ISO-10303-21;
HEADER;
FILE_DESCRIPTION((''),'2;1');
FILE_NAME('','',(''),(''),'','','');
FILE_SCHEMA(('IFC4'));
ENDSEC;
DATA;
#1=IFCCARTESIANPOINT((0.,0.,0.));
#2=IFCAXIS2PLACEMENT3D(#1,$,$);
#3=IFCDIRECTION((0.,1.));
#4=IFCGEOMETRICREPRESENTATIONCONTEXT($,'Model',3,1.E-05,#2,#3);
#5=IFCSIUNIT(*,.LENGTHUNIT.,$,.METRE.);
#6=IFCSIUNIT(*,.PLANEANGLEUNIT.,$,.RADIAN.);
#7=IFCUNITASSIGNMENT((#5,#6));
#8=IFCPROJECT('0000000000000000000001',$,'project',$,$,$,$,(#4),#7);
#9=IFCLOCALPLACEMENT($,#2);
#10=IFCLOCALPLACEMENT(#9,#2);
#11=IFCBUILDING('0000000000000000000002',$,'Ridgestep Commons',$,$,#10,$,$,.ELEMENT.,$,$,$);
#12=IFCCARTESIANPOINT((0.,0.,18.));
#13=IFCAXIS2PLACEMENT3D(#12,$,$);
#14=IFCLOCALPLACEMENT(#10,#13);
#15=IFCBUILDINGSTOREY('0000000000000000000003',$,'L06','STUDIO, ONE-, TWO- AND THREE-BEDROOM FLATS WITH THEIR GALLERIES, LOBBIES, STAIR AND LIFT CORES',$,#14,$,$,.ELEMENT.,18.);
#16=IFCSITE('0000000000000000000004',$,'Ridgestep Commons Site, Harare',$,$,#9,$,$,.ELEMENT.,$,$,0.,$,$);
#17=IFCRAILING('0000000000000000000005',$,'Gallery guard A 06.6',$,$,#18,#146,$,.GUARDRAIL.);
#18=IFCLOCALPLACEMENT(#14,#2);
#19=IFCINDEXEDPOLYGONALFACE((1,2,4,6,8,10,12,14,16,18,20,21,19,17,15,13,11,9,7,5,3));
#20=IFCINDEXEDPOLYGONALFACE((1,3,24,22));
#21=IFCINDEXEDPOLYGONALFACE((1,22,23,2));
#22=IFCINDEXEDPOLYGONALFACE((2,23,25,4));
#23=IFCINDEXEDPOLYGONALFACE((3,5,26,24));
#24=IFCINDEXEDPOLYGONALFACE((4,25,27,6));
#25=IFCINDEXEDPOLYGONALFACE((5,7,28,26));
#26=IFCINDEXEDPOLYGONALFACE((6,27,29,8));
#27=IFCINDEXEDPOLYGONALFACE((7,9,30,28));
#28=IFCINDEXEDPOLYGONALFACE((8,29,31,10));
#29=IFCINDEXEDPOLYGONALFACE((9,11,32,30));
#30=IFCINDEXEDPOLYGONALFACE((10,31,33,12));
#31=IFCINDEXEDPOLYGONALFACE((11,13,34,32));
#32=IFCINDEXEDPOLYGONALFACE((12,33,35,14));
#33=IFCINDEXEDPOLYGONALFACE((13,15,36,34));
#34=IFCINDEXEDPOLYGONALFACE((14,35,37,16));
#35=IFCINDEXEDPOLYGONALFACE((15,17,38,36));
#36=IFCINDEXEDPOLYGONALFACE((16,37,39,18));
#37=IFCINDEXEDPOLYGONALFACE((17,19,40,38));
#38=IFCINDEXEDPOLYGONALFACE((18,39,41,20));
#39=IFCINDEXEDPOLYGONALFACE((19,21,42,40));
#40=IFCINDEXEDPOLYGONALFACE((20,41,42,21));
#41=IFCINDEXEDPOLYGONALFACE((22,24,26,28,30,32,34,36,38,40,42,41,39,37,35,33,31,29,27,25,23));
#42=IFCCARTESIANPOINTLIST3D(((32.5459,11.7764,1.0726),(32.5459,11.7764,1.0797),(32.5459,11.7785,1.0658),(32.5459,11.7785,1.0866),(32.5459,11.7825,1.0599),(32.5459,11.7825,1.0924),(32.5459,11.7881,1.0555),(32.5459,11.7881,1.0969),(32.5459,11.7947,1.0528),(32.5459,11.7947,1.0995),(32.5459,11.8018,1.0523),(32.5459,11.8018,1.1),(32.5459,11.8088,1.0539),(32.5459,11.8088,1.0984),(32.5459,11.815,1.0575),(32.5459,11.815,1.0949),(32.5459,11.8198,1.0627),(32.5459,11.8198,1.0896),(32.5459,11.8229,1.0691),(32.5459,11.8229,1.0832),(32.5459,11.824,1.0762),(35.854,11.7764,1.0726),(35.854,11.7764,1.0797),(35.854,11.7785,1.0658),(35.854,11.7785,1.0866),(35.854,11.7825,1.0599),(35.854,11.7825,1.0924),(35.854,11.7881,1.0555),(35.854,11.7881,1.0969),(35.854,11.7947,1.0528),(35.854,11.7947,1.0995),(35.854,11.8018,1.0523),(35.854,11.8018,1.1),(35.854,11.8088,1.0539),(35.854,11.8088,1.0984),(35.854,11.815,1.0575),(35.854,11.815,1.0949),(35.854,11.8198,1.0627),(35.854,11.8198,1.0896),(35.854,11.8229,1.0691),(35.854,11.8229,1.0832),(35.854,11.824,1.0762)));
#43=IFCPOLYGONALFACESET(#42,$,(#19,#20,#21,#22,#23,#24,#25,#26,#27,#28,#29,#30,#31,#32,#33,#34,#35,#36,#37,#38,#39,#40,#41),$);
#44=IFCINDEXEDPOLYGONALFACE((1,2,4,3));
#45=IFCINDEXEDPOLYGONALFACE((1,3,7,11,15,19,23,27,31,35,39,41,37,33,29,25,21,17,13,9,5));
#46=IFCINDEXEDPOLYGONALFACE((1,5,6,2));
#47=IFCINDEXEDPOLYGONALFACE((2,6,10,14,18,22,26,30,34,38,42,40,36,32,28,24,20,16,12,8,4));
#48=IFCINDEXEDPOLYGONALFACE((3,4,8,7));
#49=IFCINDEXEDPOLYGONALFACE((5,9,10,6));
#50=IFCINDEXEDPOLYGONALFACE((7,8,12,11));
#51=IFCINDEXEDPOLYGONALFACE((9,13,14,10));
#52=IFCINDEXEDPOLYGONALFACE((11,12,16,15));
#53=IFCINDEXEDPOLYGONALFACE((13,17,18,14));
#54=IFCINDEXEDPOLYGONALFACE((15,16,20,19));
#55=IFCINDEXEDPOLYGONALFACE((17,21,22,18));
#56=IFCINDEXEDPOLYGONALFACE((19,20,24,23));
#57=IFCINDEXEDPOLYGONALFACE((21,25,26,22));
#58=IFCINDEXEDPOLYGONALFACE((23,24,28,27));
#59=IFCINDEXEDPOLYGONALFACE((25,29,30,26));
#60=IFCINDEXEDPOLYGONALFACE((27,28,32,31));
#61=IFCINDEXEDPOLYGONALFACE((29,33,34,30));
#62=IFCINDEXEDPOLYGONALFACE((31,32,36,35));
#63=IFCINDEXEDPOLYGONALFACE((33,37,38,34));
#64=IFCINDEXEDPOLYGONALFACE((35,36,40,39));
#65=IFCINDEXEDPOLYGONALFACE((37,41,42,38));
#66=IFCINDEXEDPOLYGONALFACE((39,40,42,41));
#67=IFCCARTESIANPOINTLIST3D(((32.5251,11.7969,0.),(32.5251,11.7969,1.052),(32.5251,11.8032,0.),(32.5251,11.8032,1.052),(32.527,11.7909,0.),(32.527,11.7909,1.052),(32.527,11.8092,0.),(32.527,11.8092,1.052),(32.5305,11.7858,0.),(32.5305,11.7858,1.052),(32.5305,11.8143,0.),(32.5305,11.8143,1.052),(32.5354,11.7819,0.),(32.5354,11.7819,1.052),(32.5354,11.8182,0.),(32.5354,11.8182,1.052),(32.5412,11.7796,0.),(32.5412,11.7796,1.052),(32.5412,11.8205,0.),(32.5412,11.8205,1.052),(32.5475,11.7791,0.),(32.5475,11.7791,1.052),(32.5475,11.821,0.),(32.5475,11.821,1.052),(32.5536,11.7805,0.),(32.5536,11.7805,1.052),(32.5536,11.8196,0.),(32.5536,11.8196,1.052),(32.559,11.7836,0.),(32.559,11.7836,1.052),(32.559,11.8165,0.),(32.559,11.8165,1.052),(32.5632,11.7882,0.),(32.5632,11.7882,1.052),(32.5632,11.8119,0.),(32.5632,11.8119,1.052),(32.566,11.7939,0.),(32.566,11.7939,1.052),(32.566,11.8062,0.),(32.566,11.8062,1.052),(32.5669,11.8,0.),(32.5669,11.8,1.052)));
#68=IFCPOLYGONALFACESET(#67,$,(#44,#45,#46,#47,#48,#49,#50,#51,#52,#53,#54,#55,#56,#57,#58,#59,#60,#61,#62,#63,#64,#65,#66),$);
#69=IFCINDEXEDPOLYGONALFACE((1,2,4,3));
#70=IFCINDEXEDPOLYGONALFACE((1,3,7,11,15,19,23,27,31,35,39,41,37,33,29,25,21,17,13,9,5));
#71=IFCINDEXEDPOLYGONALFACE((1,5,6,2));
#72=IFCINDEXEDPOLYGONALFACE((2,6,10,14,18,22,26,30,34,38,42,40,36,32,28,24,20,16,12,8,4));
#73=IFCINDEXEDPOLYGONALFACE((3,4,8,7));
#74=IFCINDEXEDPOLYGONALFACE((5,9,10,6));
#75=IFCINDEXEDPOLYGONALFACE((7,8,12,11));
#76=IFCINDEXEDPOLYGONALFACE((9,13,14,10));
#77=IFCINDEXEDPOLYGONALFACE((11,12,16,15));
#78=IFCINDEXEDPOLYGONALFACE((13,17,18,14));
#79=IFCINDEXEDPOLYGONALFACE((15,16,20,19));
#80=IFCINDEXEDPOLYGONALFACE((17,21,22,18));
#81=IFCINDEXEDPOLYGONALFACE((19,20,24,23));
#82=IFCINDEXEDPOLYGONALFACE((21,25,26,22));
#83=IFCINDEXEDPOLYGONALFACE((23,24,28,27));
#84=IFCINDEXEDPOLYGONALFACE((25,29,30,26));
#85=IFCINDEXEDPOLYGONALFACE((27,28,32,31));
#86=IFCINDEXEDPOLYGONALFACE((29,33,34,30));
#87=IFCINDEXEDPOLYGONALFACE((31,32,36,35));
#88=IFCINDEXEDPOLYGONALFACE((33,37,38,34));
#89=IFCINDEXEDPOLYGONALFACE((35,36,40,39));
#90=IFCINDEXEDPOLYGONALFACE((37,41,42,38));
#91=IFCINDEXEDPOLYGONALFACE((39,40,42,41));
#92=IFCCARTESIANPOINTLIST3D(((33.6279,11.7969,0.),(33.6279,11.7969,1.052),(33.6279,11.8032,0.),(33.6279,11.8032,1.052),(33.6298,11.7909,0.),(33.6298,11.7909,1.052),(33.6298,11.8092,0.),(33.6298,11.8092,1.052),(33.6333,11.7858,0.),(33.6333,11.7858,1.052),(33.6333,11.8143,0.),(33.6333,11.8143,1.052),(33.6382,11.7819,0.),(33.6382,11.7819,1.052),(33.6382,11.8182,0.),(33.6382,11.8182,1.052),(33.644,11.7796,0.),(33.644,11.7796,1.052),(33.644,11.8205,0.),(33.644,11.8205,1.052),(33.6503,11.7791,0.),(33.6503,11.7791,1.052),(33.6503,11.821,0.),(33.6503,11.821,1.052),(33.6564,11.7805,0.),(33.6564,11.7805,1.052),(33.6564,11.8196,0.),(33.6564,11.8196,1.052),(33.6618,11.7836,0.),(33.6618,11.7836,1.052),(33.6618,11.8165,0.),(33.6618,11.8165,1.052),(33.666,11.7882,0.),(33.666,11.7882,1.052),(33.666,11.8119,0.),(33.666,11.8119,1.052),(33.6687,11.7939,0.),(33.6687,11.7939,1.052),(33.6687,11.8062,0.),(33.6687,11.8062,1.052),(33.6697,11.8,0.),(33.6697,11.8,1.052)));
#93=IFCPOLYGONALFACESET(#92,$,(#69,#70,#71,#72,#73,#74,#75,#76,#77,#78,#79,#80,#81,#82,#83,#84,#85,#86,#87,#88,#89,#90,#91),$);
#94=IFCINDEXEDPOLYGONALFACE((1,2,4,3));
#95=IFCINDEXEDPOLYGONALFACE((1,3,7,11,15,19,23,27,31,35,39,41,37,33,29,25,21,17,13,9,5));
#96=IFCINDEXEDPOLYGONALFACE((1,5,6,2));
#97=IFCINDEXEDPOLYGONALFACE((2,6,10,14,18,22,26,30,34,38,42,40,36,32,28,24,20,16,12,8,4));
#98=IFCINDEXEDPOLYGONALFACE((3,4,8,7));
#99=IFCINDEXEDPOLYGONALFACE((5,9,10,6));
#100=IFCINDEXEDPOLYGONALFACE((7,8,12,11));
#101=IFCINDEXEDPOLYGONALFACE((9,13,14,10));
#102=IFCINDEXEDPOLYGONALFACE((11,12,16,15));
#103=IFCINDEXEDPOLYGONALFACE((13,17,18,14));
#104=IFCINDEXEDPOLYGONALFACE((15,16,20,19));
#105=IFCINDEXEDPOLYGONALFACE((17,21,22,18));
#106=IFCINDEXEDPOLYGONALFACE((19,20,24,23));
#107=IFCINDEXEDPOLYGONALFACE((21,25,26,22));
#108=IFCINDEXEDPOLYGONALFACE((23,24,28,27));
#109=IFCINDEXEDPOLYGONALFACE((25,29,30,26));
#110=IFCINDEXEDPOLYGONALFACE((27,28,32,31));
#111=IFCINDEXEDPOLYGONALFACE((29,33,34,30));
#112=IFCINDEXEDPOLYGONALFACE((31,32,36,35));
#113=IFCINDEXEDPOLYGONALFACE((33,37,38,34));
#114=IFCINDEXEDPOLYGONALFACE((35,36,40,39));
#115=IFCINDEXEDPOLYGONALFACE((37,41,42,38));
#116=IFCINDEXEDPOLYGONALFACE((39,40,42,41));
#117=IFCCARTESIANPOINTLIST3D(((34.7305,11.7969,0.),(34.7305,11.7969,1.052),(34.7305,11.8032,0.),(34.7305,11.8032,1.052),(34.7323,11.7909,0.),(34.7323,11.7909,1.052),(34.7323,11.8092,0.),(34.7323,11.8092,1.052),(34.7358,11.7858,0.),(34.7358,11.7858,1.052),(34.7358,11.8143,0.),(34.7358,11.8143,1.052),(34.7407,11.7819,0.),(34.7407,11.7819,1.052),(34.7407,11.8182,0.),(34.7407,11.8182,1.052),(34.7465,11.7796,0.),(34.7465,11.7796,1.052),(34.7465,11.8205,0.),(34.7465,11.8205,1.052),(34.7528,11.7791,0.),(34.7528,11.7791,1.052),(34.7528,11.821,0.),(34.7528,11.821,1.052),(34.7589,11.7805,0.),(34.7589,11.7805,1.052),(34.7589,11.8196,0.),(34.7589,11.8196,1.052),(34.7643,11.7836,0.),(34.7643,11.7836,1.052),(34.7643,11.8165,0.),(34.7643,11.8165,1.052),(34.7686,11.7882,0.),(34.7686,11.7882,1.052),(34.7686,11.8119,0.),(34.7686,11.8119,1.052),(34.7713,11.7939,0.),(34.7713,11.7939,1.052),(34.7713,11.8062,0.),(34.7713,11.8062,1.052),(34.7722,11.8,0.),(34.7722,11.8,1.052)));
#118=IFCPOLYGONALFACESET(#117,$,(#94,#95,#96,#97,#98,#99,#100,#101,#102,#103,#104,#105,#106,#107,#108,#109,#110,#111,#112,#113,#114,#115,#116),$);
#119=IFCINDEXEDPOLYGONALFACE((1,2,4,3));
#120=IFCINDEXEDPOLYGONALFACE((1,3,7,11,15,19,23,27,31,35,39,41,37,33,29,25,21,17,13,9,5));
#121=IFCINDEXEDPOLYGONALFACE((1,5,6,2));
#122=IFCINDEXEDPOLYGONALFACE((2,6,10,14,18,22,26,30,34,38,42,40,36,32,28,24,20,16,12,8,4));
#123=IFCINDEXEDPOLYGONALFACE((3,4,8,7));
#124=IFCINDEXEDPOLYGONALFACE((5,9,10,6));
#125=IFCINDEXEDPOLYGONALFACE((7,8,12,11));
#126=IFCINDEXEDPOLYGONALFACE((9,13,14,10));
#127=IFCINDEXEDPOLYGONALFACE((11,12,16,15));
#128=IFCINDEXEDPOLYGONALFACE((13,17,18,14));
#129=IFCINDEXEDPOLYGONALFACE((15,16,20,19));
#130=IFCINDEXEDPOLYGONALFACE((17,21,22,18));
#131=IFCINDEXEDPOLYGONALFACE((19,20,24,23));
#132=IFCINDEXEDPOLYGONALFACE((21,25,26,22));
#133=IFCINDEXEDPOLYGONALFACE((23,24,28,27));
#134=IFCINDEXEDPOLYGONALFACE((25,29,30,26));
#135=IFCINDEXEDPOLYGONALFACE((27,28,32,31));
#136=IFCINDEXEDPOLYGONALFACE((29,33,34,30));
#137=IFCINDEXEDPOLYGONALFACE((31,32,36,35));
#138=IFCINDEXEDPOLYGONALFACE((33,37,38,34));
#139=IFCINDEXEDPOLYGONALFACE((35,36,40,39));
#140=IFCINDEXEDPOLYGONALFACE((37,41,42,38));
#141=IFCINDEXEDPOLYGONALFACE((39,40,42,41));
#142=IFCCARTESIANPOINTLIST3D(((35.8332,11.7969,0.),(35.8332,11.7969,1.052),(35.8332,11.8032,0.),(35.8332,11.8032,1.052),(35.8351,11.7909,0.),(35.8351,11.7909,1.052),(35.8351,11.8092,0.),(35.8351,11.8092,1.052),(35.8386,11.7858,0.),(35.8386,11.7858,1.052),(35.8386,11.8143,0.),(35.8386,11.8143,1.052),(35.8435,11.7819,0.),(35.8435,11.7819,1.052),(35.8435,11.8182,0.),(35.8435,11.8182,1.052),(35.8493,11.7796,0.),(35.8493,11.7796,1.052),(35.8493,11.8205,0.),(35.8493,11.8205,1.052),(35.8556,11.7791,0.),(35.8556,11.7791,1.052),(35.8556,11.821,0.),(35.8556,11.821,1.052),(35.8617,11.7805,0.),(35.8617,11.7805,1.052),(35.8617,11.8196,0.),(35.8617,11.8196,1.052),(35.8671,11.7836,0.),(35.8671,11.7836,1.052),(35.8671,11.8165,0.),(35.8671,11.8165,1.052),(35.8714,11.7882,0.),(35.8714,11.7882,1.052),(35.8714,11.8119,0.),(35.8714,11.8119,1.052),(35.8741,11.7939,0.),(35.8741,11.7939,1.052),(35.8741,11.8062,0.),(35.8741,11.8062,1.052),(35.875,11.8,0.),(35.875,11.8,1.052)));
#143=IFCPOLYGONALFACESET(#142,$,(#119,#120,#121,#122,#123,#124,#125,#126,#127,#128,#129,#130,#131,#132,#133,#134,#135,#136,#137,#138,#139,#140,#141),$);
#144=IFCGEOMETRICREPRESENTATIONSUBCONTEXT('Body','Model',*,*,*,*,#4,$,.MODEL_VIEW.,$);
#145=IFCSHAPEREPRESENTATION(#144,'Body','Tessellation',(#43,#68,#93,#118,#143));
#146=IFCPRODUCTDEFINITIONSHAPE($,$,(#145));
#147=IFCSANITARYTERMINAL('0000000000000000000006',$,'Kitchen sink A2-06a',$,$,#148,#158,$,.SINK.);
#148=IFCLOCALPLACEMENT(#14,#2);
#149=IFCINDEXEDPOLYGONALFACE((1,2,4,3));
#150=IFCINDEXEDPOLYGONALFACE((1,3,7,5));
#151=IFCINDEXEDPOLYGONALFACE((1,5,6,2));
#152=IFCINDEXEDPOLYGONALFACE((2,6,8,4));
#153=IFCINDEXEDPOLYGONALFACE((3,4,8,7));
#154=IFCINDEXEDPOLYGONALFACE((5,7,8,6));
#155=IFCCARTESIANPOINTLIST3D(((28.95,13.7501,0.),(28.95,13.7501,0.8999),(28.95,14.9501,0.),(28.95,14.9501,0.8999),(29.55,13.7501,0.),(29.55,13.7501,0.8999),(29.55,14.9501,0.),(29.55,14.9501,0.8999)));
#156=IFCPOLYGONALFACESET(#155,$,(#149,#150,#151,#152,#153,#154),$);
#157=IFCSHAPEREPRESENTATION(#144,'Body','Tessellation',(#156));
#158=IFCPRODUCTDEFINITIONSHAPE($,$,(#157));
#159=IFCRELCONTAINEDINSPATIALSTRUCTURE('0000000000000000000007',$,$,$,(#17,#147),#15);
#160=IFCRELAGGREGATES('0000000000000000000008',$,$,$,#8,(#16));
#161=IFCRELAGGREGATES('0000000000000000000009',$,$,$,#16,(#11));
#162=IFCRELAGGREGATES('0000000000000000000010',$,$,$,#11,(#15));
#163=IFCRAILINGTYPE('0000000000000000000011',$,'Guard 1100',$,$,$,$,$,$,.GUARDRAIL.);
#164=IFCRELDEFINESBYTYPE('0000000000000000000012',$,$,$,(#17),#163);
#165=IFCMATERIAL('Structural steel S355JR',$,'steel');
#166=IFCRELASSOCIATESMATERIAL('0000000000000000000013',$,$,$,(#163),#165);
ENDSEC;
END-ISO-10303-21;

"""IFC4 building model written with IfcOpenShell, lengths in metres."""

from ifc_helpers import new_model, si_unit, direction, frame, origin, origin_2d, place, context, subcontext, project, spatial, rectangle, circle, extrude, material, type_object, element, save


model = new_model("IFC4")

# Units and contexts
model_context = context("Model", 3, precision=1e-05, world=origin(), true_north=direction((0.0, 1.0)))
body_context = subcontext(model_context, "Body", "Model", "MODEL_VIEW")
ifc_project = project(units=[si_unit("LENGTHUNIT", "METRE"), si_unit("PLANEANGLEUNIT", "RADIAN")], contexts=[model_context])

# Site, building, storey
site_placement = place(None, origin())
site = spatial("IfcSite", under=ifc_project, at=site_placement, Name="Ridgestep Commons Site, Harare", CompositionType="ELEMENT", RefElevation=0.0)
building_placement = place(site_placement, origin())
building = spatial("IfcBuilding", under=site, at=building_placement, Name="Ridgestep Commons", CompositionType="ELEMENT")
storey_placement = place(building_placement, frame((0.0, 0.0, 18.0)))
storey = spatial("IfcBuildingStorey", under=building, at=storey_placement, Name="L06", Description="STUDIO, ONE-, TWO- AND THREE-BEDROOM FLATS WITH THEIR GALLERIES, LOBBIES, STAIR AND LIFT CORES", CompositionType="ELEMENT", Elevation=18.0)

# Railing
ifc_material_1 = material(Name="Structural steel S355JR", Category="steel")
railing_type = type_object("IfcRailingType", Name="Guard 1100", PredefinedType="GUARDRAIL", material=ifc_material_1)
railing_1_placement = place(storey_placement, frame((32.5459, 11.8, 0.0)))
element("IfcRailing", 1, at=railing_1_placement, inside=storey, type_object=railing_type, Name="Gallery guard A 06.6", PredefinedType="GUARDRAIL", context=body_context, shape_type="SweptSolid", body=[
    extrude(circle(Radius=0.0239, at=origin_2d()), frame((0.0, 0.0, 1.0762), z_axis=(1.0, 0.0, 0.0), x_axis=(0.0, 1.0, 0.0)), (0.0, 0.0, 1.0), 3.3081),
    extrude(circle(Radius=0.021, at=origin_2d()), origin(), (0.0, 0.0, 1.0), 1.052),
    extrude(circle(Radius=0.021, at=origin_2d()), frame((1.1028, 0.0, 0.0)), (0.0, 0.0, 1.0), 1.052),
    extrude(circle(Radius=0.021, at=origin_2d()), frame((2.2053, 0.0, 0.0)), (0.0, 0.0, 1.0), 1.052),
    extrude(circle(Radius=0.021, at=origin_2d()), frame((3.3081, 0.0, 0.0)), (0.0, 0.0, 1.0), 1.052),
])

# Sanitary terminal
sanitary_terminal_placement = place(storey_placement, frame((29.25, 14.3501, 0.0), z_axis=(0.0, 0.0, 1.0), x_axis=(1.0, 0.0, 0.0)))
element("IfcSanitaryTerminal", 2, at=sanitary_terminal_placement, inside=storey, Name="Kitchen sink A2-06a", PredefinedType="SINK", context=body_context, shape_type="SweptSolid", body=[
    extrude(rectangle(XDim=0.6001, YDim=1.2, at=origin_2d()), origin(), (0.0, 0.0, 1.0), 0.8999),
])

save(model, "model.ifc")
